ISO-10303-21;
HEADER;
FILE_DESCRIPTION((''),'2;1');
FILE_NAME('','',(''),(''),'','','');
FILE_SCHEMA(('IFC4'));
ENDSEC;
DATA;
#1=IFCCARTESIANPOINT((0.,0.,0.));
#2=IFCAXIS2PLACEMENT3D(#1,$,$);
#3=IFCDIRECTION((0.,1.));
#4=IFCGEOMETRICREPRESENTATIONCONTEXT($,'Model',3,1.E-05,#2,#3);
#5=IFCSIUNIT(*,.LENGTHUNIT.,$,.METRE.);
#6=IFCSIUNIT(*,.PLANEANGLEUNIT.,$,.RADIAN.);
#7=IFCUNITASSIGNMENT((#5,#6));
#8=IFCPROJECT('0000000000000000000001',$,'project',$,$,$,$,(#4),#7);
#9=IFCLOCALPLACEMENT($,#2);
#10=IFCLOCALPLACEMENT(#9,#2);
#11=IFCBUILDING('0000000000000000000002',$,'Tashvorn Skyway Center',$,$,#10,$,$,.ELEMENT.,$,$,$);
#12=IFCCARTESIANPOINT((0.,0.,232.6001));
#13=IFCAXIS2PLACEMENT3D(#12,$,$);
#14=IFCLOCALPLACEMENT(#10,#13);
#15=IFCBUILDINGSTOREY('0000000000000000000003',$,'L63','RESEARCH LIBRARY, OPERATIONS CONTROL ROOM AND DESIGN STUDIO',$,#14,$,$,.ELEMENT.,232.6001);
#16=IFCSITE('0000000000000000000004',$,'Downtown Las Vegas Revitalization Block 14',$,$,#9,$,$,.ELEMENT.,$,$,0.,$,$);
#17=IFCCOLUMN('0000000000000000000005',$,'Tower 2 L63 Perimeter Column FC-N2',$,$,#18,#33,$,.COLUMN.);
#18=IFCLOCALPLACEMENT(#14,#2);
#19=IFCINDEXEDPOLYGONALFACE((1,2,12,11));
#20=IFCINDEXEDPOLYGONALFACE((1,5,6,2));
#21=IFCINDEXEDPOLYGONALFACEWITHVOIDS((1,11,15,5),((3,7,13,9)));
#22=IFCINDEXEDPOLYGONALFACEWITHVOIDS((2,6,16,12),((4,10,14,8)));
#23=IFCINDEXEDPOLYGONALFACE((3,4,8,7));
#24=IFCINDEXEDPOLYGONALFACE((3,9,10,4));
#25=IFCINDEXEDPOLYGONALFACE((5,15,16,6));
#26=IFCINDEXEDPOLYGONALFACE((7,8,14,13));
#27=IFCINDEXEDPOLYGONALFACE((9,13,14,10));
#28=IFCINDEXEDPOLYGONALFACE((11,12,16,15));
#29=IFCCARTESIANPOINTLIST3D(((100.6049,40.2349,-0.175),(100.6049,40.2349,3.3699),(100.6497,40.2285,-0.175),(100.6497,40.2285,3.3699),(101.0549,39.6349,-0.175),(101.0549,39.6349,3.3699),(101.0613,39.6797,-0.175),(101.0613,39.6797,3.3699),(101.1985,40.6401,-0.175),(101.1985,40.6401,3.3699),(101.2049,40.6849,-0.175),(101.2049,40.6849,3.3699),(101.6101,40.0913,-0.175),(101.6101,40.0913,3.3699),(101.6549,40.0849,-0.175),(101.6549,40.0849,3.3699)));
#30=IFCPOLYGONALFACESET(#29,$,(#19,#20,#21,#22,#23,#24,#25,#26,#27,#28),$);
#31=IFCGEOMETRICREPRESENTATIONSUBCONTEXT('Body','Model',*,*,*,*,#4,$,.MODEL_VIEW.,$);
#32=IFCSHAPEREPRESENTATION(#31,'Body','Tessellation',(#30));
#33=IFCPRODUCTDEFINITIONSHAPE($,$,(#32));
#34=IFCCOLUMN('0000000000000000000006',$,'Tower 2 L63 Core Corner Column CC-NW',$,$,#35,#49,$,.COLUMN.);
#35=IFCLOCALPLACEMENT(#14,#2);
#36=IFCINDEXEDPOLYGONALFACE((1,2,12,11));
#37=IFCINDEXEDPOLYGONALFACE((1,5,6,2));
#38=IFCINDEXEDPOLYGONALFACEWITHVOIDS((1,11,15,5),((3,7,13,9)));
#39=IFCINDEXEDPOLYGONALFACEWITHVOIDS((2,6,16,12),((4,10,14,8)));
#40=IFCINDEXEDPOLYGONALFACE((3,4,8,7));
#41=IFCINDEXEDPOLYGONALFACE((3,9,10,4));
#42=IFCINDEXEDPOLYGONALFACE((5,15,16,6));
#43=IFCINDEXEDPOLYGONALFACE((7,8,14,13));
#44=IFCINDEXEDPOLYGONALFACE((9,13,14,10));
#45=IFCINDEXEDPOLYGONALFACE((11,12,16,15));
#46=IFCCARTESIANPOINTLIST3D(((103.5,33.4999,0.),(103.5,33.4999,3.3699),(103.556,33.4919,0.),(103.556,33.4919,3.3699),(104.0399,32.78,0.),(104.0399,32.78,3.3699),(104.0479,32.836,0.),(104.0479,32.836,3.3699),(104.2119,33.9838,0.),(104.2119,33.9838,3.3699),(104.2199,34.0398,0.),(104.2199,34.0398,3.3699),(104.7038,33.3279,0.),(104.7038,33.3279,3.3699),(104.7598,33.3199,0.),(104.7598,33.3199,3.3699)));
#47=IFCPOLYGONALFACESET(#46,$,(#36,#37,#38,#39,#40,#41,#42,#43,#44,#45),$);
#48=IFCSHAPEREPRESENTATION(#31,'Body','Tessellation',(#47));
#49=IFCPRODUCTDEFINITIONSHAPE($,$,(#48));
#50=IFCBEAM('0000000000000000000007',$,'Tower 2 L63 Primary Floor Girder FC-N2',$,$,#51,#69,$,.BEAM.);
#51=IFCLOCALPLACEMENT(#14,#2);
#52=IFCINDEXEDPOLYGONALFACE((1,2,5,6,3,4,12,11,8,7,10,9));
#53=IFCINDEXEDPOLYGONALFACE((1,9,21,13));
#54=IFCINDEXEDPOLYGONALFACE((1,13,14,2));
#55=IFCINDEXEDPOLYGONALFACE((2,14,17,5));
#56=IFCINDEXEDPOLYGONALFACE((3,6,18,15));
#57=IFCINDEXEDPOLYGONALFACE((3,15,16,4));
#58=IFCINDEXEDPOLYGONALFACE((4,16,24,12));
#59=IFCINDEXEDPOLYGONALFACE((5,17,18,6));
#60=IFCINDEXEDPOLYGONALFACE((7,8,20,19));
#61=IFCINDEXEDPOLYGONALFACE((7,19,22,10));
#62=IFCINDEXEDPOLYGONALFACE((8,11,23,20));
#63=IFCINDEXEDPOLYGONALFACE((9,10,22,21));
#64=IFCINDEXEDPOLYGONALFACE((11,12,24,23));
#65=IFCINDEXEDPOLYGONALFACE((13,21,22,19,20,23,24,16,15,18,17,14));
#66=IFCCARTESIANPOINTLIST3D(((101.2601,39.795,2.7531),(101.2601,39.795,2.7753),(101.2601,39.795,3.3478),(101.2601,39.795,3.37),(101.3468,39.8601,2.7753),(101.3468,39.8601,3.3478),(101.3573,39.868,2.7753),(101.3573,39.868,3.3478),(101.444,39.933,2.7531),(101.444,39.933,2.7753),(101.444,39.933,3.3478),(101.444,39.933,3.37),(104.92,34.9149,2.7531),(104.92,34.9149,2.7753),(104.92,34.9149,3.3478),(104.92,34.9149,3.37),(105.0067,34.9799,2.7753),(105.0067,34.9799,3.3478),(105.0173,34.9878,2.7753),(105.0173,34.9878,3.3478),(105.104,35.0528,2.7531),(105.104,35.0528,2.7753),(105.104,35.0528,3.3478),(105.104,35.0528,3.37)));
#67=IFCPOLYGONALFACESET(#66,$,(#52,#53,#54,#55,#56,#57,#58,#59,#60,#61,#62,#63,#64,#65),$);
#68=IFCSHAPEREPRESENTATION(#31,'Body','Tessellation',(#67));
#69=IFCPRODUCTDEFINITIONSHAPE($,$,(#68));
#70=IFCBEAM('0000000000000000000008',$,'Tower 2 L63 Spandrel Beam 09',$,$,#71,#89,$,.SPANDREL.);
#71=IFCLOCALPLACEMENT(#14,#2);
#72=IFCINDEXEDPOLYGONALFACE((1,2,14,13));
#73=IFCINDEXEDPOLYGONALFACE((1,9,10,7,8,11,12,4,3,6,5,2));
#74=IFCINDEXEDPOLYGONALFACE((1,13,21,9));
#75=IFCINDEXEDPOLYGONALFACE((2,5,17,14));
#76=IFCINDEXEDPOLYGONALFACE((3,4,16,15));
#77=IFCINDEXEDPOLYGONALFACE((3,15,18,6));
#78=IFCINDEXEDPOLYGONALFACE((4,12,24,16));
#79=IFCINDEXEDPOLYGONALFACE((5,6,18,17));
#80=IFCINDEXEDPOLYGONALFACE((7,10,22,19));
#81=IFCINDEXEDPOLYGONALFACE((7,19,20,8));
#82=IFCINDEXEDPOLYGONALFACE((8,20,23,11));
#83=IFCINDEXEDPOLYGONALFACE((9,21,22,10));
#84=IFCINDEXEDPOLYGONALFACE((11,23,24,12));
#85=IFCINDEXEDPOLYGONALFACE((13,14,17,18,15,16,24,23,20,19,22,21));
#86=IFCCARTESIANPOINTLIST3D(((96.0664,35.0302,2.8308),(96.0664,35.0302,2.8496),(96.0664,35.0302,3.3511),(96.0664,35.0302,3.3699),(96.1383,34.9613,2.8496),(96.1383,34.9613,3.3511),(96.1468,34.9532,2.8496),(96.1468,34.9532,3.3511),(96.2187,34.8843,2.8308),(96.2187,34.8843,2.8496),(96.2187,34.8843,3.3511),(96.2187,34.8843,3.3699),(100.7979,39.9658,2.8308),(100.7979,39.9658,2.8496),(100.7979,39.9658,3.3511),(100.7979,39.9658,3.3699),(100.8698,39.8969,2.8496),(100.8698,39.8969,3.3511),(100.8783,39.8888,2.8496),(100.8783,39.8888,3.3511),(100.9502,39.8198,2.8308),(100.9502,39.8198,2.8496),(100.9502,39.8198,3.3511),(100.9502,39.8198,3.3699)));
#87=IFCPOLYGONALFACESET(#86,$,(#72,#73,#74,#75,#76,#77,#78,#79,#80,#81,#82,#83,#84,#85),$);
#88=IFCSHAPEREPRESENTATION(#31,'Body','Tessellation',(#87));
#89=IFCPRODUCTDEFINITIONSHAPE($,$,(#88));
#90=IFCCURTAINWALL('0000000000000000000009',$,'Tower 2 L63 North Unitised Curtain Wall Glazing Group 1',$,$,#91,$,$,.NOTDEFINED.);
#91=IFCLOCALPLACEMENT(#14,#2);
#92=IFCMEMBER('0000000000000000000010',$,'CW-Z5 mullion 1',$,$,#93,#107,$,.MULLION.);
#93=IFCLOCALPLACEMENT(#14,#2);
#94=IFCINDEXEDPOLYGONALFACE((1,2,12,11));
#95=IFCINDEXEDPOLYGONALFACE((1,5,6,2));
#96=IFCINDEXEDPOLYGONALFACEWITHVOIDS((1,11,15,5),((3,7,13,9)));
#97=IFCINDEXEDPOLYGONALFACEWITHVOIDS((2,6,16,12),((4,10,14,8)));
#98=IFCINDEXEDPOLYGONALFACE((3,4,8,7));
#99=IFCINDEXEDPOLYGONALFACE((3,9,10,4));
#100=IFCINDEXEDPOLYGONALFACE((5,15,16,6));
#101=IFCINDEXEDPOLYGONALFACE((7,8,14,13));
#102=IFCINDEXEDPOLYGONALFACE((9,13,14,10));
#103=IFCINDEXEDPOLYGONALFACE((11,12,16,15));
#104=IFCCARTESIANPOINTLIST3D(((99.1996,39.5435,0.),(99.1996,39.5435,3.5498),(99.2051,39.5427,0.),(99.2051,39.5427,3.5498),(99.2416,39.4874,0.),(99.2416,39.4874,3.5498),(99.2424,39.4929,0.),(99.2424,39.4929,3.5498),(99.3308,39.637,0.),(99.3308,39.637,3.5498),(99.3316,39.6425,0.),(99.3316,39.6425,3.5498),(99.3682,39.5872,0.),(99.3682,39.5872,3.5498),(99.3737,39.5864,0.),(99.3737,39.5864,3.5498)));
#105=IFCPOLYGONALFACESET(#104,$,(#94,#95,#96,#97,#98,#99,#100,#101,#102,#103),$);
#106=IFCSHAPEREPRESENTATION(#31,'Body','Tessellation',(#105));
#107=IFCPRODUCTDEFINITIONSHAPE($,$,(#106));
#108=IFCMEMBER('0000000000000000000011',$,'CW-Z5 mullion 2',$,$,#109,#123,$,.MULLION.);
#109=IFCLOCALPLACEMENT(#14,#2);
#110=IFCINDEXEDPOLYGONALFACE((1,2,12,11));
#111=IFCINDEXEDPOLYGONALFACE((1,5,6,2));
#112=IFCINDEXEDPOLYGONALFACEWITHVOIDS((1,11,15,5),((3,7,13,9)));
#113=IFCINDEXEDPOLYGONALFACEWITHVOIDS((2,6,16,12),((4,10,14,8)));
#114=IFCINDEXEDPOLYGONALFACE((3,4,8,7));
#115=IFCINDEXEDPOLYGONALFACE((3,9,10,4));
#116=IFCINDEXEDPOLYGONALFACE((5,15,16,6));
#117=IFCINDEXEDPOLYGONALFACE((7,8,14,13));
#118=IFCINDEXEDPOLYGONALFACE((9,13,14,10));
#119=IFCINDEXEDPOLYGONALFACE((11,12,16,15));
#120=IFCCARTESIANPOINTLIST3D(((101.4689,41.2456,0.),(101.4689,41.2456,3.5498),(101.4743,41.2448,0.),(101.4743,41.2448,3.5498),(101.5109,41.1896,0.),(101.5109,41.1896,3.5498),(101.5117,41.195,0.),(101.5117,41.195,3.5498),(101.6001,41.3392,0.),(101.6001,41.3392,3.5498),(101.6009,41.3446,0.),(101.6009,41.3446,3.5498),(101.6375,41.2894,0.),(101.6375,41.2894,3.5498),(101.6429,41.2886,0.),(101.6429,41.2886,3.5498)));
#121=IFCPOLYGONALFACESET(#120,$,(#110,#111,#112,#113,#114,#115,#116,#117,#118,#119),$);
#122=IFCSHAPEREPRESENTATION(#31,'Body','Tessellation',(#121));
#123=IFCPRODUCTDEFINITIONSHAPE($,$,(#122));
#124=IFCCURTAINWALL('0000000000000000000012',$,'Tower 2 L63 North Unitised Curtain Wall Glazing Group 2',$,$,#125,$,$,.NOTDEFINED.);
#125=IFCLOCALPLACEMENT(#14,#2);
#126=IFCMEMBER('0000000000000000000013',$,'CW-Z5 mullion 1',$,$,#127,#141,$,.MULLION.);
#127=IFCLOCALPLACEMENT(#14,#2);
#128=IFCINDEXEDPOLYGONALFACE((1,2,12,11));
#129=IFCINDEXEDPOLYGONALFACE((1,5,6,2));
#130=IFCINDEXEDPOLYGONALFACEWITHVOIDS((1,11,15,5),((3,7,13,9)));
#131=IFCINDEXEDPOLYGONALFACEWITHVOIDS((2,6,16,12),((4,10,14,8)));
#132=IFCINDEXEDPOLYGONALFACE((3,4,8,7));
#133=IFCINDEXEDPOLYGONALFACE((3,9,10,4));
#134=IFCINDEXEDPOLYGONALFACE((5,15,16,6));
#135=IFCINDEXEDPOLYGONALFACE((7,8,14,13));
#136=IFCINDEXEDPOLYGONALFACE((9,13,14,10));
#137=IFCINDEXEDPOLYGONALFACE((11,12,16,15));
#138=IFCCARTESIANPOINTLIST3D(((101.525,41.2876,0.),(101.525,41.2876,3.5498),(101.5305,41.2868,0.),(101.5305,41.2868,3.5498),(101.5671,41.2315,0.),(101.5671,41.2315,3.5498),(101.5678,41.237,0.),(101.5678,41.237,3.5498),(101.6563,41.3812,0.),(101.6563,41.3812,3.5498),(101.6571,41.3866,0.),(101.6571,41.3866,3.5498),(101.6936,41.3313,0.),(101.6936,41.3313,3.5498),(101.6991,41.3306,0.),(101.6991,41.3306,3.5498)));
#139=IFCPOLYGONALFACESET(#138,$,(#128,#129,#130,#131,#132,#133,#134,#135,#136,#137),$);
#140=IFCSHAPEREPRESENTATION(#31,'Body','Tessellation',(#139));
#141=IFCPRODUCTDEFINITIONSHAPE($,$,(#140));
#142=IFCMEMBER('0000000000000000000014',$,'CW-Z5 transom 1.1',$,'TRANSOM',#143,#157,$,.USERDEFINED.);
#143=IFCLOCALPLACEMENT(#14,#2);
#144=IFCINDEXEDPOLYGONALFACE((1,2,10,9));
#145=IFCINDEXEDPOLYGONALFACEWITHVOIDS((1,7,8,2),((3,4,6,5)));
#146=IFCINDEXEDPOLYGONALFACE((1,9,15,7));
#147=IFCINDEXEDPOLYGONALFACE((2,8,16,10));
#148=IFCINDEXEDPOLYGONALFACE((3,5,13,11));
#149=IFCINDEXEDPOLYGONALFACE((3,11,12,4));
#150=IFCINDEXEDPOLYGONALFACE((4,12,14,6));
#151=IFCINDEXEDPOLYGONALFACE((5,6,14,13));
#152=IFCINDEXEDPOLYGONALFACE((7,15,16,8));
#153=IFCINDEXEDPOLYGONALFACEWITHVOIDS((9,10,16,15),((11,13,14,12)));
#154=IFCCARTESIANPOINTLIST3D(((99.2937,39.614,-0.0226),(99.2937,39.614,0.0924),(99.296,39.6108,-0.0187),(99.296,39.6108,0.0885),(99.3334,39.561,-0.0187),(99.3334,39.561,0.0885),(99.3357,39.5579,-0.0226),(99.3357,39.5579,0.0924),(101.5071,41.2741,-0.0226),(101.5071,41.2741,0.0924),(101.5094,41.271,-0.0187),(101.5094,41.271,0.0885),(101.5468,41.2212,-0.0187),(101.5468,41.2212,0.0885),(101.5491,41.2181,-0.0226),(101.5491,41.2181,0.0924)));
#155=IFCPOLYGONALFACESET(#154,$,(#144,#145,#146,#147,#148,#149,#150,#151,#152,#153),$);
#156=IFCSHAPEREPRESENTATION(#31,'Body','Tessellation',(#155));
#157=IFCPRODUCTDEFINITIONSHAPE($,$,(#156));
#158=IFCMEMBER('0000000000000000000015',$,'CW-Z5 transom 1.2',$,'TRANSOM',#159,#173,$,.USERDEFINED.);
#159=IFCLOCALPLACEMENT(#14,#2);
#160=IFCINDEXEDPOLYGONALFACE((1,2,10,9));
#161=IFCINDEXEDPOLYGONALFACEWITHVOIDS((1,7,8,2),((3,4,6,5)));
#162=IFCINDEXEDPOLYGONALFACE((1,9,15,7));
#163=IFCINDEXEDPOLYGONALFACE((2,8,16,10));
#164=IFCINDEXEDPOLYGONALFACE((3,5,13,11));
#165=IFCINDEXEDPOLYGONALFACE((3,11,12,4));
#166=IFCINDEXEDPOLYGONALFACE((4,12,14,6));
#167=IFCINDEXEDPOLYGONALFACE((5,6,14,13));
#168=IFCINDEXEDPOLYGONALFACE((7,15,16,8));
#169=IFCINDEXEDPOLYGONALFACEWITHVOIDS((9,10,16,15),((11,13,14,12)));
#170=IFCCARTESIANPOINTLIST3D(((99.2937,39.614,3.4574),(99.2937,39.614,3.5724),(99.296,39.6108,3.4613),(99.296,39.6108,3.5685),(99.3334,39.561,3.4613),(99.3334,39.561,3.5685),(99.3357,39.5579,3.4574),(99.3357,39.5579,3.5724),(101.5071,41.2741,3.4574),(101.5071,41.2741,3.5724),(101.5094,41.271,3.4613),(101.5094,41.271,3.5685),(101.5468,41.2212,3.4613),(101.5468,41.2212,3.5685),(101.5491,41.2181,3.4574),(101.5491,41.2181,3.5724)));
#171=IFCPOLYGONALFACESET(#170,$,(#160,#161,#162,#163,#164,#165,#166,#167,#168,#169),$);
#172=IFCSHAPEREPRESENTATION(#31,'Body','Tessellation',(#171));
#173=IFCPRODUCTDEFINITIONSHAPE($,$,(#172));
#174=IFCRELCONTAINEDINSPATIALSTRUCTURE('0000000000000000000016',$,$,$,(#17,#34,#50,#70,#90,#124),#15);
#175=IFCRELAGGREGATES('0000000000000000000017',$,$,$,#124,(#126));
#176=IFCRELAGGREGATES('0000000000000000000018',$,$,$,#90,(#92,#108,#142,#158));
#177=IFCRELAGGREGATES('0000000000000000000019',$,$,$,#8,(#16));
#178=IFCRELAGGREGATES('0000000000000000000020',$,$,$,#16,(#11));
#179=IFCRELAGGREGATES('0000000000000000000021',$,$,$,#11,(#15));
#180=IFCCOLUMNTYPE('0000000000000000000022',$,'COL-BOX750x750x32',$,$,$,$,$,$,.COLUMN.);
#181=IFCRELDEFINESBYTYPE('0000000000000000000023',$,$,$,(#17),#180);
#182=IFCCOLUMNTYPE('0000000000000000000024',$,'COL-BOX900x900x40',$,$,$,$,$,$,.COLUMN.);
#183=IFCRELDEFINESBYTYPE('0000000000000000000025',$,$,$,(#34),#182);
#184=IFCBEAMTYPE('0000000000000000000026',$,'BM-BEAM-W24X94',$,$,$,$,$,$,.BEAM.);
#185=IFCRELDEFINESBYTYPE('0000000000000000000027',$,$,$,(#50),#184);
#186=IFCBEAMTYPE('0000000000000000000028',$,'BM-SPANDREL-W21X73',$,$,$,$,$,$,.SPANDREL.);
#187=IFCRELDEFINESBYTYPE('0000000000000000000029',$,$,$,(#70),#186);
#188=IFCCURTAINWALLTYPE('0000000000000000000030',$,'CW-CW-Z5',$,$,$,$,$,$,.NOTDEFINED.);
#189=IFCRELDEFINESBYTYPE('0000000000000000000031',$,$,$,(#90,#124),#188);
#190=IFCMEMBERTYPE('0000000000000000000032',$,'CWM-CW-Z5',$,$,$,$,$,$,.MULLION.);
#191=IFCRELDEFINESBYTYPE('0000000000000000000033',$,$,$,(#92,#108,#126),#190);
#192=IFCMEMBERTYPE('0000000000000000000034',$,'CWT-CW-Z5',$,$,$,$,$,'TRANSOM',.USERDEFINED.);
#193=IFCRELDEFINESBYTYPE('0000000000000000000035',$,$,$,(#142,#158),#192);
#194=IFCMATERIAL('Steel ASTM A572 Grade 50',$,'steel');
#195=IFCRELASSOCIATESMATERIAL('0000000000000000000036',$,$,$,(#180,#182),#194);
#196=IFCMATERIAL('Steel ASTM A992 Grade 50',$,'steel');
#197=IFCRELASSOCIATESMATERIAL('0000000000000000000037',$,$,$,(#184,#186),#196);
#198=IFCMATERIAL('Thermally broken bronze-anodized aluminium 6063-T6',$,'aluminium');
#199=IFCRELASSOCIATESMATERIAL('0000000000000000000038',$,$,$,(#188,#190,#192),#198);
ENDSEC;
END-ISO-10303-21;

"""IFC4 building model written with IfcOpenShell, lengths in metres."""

from ifc_helpers import new_model, si_unit, direction, frame, origin, origin_2d, place, context, subcontext, project, spatial, hollow_rectangle, i_section, extrude, material, material_profile, profile_set, type_object, element, aggregate, save


model = new_model("IFC4")

# Units and contexts
model_context = context("Model", 3, precision=1e-05, world=origin(), true_north=direction((0.0, 1.0)))
body_context = subcontext(model_context, "Body", "Model", "MODEL_VIEW")
ifc_project = project(units=[si_unit("LENGTHUNIT", "METRE"), si_unit("PLANEANGLEUNIT", "RADIAN")], contexts=[model_context])

# Site, building, storey
site_placement = place(None, origin())
site = spatial("IfcSite", under=ifc_project, at=site_placement, Name="Downtown Las Vegas Revitalization Block 14", CompositionType="ELEMENT", RefElevation=0.0)
building_placement = place(site_placement, origin())
building = spatial("IfcBuilding", under=site, at=building_placement, Name="Tashvorn Skyway Center", CompositionType="ELEMENT")
storey_placement = place(building_placement, frame((0.0, 0.0, 232.6001)))
storey = spatial("IfcBuildingStorey", under=building, at=storey_placement, Name="L63", Description="RESEARCH LIBRARY, OPERATIONS CONTROL ROOM AND DESIGN STUDIO", CompositionType="ELEMENT", Elevation=232.6001)

# Columns
ifc_material_1 = material(Name="Steel ASTM A572 Grade 50", Category="steel")
ifc_material_profile_1 = material_profile(ifc_material_1, hollow_rectangle(XDim=0.75, YDim=0.75, WallThickness=0.032, at=origin_2d()), Name="BOX750x750x32")
ifc_profile_set_1 = profile_set([ifc_material_profile_1], Name="Steel ASTM A572 Grade 50")
column_type_1 = type_object("IfcColumnType", Name="COL-BOX750x750x32", PredefinedType="COLUMN", material=ifc_profile_set_1)
column_1_placement = place(storey_placement, frame((101.1299, 40.1599, -0.175), z_axis=(0.0, 0.0, 1.0), x_axis=(0.8, 0.6, 0.0)))
element("IfcColumn", 1, at=column_1_placement, inside=storey, type_object=column_type_1, Name="Tower 2 L63 Perimeter Column FC-N2", PredefinedType="COLUMN", context=body_context, shape_type="SweptSolid", body=[
    extrude(hollow_rectangle(XDim=0.75, YDim=0.75, WallThickness=0.032, at=origin_2d()), origin(), (0.0, 0.0, 1.0), 3.5449),
])
ifc_material_profile_2 = material_profile(ifc_material_1, hollow_rectangle(XDim=0.8999, YDim=0.8999, WallThickness=0.04, at=origin_2d()), Name="BOX900x900x40")
ifc_profile_set_2 = profile_set([ifc_material_profile_2], Name="Steel ASTM A572 Grade 50")
column_type_2 = type_object("IfcColumnType", Name="COL-BOX900x900x40", PredefinedType="COLUMN", material=ifc_profile_set_2)
column_2_placement = place(storey_placement, frame((104.1299, 33.4099, 0.0), z_axis=(0.0, 0.0, 1.0), x_axis=(0.8, 0.6, 0.0)))
element("IfcColumn", 2, at=column_2_placement, inside=storey, type_object=column_type_2, Name="Tower 2 L63 Core Corner Column CC-NW", PredefinedType="COLUMN", context=body_context, shape_type="SweptSolid", body=[
    extrude(hollow_rectangle(XDim=0.8999, YDim=0.8999, WallThickness=0.04, at=origin_2d()), origin(), (0.0, 0.0, 1.0), 3.3699),
])

# Beams
ifc_material_2 = material(Name="Steel ASTM A992 Grade 50", Category="steel")
ifc_material_profile_3 = material_profile(ifc_material_2, i_section(OverallWidth=0.23, OverallDepth=0.6169, WebThickness=0.0132, FlangeThickness=0.0222, at=origin_2d()), Name="W24X94")
ifc_profile_set_3 = profile_set([ifc_material_profile_3], Name="Steel ASTM A992 Grade 50")
beam_type_1 = type_object("IfcBeamType", Name="BM-BEAM-W24X94", PredefinedType="BEAM", material=ifc_profile_set_3)
beam_1_placement = place(storey_placement, frame((101.3521, 39.864, 3.0615), z_axis=(0.599981, -0.800014, 0.0), x_axis=(0.800014, 0.599981, 0.0)))
element("IfcBeam", 3, at=beam_1_placement, inside=storey, type_object=beam_type_1, Name="Tower 2 L63 Primary Floor Girder FC-N2", PredefinedType="BEAM", context=body_context, shape_type="SweptSolid", body=[
    extrude(i_section(OverallWidth=0.23, OverallDepth=0.6169, WebThickness=0.0132, FlangeThickness=0.0222, at=origin_2d()), origin(), (0.0, 0.0, 1.0), 6.1001),
])
ifc_material_profile_4 = material_profile(ifc_material_2, i_section(OverallWidth=0.2109, OverallDepth=0.5391, WebThickness=0.0117, FlangeThickness=0.0188, at=origin_2d()), Name="W21X73")
ifc_profile_set_4 = profile_set([ifc_material_profile_4], Name="Steel ASTM A992 Grade 50")
beam_type_2 = type_object("IfcBeamType", Name="BM-SPANDREL-W21X73", PredefinedType="SPANDREL", material=ifc_profile_set_4)
beam_2_placement = place(storey_placement, frame((100.874, 39.8928, 3.1003), z_axis=(-0.692023, -0.721875, 0.0), x_axis=(0.721875, -0.692023, 0.0)))
element("IfcBeam", 4, at=beam_2_placement, inside=storey, type_object=beam_type_2, Name="Tower 2 L63 Spandrel Beam 09", PredefinedType="SPANDREL", context=body_context, shape_type="SweptSolid", body=[
    extrude(i_section(OverallWidth=0.2109, OverallDepth=0.5391, WebThickness=0.0117, FlangeThickness=0.0188, at=origin_2d()), origin(), (0.0, 0.0, 1.0), 6.8372),
])

# Curtain wall, members
ifc_material_3 = material(Name="Thermally broken bronze-anodized aluminium 6063-T6", Category="aluminium")
curtain_wall_type = type_object("IfcCurtainWallType", Name="CW-CW-Z5", PredefinedType="NOTDEFINED", material=ifc_material_3)
curtain_wall_1_placement = place(storey_placement, origin())
curtain_wall_1 = element("IfcCurtainWall", 5, at=curtain_wall_1_placement, inside=storey, type_object=curtain_wall_type, Name="Tower 2 L63 North Unitised Curtain Wall Glazing Group 1", PredefinedType="NOTDEFINED")
ifc_material_profile_5 = material_profile(ifc_material_3, hollow_rectangle(XDim=0.0701, YDim=0.165, WallThickness=0.0039, at=origin_2d()), Name="ALU-MULL-70x165")
ifc_profile_set_5 = profile_set([ifc_material_profile_5], Name="Thermally broken bronze-anodized aluminium 6063-T6")
member_type_1 = type_object("IfcMemberType", Name="CWM-CW-Z5", PredefinedType="MULLION", material=ifc_profile_set_5)
member_1_placement = place(storey_placement, frame((99.2866, 39.5649, 0.0), z_axis=(0.0, 0.0, 1.0), x_axis=(-0.600006, 0.799996, 0.0)))
member_1 = element("IfcMember", 6, at=member_1_placement, type_object=member_type_1, Name="CW-Z5 mullion 1", PredefinedType="MULLION", context=body_context, shape_type="SweptSolid", body=[
    extrude(hollow_rectangle(XDim=0.0701, YDim=0.165, WallThickness=0.0039, at=origin_2d()), origin(), (0.0, 0.0, 1.0), 3.5498),
])
member_2_placement = place(storey_placement, frame((101.5559, 41.2671, 0.0), z_axis=(0.0, 0.0, 1.0), x_axis=(-0.600006, 0.799996, 0.0)))
member_2 = element("IfcMember", 7, at=member_2_placement, type_object=member_type_1, Name="CW-Z5 mullion 2", PredefinedType="MULLION", context=body_context, shape_type="SweptSolid", body=[
    extrude(hollow_rectangle(XDim=0.0701, YDim=0.165, WallThickness=0.0039, at=origin_2d()), origin(), (0.0, 0.0, 1.0), 3.5498),
])

# Curtain wall, member
curtain_wall_2_placement = place(storey_placement, origin())
curtain_wall_2 = element("IfcCurtainWall", 8, at=curtain_wall_2_placement, inside=storey, type_object=curtain_wall_type, Name="Tower 2 L63 North Unitised Curtain Wall Glazing Group 2", PredefinedType="NOTDEFINED")
member_3_placement = place(storey_placement, frame((101.6121, 41.3091, 0.0), z_axis=(0.0, 0.0, 1.0), x_axis=(-0.6, 0.8, 0.0)))
member_3 = element("IfcMember", 9, at=member_3_placement, type_object=member_type_1, Name="CW-Z5 mullion 1", PredefinedType="MULLION", context=body_context, shape_type="SweptSolid", body=[
    extrude(hollow_rectangle(XDim=0.0701, YDim=0.165, WallThickness=0.0039, at=origin_2d()), origin(), (0.0, 0.0, 1.0), 3.5498),
])

# Members
ifc_material_profile_6 = material_profile(ifc_material_3, hollow_rectangle(XDim=0.0701, YDim=0.115, WallThickness=0.0039, at=origin_2d()), Name="ALU-TRAN-70x115")
ifc_profile_set_6 = profile_set([ifc_material_profile_6], Name="Thermally broken bronze-anodized aluminium 6063-T6")
member_type_2 = type_object("IfcMemberType", Name="CWT-CW-Z5", ElementType="TRANSOM", PredefinedType="USERDEFINED", material=ifc_profile_set_6)
member_4_placement = place(storey_placement, frame((99.3147, 39.5859, 0.0349), z_axis=(0.799979, 0.600028, 0.0), x_axis=(-0.600028, 0.799979, 0.0)))
member_4 = element("IfcMember", 10, at=member_4_placement, type_object=member_type_2, Name="CW-Z5 transom 1.1", ObjectType="TRANSOM", PredefinedType="USERDEFINED", context=body_context, shape_type="SweptSolid", body=[
    extrude(hollow_rectangle(XDim=0.0701, YDim=0.115, WallThickness=0.0039, at=origin_2d()), origin(), (0.0, 0.0, 1.0), 2.7668),
])
member_5_placement = place(storey_placement, frame((99.3147, 39.5859, 3.5149), z_axis=(0.799979, 0.600028, 0.0), x_axis=(-0.600028, 0.799979, 0.0)))
member_5 = element("IfcMember", 11, at=member_5_placement, type_object=member_type_2, Name="CW-Z5 transom 1.2", ObjectType="TRANSOM", PredefinedType="USERDEFINED", context=body_context, shape_type="SweptSolid", body=[
    extrude(hollow_rectangle(XDim=0.0701, YDim=0.115, WallThickness=0.0039, at=origin_2d()), origin(), (0.0, 0.0, 1.0), 2.7668),
])
aggregate(curtain_wall_2, [member_3])

aggregate(curtain_wall_1, [member_1, member_2, member_4, member_5])

save(model, "model.ifc")
